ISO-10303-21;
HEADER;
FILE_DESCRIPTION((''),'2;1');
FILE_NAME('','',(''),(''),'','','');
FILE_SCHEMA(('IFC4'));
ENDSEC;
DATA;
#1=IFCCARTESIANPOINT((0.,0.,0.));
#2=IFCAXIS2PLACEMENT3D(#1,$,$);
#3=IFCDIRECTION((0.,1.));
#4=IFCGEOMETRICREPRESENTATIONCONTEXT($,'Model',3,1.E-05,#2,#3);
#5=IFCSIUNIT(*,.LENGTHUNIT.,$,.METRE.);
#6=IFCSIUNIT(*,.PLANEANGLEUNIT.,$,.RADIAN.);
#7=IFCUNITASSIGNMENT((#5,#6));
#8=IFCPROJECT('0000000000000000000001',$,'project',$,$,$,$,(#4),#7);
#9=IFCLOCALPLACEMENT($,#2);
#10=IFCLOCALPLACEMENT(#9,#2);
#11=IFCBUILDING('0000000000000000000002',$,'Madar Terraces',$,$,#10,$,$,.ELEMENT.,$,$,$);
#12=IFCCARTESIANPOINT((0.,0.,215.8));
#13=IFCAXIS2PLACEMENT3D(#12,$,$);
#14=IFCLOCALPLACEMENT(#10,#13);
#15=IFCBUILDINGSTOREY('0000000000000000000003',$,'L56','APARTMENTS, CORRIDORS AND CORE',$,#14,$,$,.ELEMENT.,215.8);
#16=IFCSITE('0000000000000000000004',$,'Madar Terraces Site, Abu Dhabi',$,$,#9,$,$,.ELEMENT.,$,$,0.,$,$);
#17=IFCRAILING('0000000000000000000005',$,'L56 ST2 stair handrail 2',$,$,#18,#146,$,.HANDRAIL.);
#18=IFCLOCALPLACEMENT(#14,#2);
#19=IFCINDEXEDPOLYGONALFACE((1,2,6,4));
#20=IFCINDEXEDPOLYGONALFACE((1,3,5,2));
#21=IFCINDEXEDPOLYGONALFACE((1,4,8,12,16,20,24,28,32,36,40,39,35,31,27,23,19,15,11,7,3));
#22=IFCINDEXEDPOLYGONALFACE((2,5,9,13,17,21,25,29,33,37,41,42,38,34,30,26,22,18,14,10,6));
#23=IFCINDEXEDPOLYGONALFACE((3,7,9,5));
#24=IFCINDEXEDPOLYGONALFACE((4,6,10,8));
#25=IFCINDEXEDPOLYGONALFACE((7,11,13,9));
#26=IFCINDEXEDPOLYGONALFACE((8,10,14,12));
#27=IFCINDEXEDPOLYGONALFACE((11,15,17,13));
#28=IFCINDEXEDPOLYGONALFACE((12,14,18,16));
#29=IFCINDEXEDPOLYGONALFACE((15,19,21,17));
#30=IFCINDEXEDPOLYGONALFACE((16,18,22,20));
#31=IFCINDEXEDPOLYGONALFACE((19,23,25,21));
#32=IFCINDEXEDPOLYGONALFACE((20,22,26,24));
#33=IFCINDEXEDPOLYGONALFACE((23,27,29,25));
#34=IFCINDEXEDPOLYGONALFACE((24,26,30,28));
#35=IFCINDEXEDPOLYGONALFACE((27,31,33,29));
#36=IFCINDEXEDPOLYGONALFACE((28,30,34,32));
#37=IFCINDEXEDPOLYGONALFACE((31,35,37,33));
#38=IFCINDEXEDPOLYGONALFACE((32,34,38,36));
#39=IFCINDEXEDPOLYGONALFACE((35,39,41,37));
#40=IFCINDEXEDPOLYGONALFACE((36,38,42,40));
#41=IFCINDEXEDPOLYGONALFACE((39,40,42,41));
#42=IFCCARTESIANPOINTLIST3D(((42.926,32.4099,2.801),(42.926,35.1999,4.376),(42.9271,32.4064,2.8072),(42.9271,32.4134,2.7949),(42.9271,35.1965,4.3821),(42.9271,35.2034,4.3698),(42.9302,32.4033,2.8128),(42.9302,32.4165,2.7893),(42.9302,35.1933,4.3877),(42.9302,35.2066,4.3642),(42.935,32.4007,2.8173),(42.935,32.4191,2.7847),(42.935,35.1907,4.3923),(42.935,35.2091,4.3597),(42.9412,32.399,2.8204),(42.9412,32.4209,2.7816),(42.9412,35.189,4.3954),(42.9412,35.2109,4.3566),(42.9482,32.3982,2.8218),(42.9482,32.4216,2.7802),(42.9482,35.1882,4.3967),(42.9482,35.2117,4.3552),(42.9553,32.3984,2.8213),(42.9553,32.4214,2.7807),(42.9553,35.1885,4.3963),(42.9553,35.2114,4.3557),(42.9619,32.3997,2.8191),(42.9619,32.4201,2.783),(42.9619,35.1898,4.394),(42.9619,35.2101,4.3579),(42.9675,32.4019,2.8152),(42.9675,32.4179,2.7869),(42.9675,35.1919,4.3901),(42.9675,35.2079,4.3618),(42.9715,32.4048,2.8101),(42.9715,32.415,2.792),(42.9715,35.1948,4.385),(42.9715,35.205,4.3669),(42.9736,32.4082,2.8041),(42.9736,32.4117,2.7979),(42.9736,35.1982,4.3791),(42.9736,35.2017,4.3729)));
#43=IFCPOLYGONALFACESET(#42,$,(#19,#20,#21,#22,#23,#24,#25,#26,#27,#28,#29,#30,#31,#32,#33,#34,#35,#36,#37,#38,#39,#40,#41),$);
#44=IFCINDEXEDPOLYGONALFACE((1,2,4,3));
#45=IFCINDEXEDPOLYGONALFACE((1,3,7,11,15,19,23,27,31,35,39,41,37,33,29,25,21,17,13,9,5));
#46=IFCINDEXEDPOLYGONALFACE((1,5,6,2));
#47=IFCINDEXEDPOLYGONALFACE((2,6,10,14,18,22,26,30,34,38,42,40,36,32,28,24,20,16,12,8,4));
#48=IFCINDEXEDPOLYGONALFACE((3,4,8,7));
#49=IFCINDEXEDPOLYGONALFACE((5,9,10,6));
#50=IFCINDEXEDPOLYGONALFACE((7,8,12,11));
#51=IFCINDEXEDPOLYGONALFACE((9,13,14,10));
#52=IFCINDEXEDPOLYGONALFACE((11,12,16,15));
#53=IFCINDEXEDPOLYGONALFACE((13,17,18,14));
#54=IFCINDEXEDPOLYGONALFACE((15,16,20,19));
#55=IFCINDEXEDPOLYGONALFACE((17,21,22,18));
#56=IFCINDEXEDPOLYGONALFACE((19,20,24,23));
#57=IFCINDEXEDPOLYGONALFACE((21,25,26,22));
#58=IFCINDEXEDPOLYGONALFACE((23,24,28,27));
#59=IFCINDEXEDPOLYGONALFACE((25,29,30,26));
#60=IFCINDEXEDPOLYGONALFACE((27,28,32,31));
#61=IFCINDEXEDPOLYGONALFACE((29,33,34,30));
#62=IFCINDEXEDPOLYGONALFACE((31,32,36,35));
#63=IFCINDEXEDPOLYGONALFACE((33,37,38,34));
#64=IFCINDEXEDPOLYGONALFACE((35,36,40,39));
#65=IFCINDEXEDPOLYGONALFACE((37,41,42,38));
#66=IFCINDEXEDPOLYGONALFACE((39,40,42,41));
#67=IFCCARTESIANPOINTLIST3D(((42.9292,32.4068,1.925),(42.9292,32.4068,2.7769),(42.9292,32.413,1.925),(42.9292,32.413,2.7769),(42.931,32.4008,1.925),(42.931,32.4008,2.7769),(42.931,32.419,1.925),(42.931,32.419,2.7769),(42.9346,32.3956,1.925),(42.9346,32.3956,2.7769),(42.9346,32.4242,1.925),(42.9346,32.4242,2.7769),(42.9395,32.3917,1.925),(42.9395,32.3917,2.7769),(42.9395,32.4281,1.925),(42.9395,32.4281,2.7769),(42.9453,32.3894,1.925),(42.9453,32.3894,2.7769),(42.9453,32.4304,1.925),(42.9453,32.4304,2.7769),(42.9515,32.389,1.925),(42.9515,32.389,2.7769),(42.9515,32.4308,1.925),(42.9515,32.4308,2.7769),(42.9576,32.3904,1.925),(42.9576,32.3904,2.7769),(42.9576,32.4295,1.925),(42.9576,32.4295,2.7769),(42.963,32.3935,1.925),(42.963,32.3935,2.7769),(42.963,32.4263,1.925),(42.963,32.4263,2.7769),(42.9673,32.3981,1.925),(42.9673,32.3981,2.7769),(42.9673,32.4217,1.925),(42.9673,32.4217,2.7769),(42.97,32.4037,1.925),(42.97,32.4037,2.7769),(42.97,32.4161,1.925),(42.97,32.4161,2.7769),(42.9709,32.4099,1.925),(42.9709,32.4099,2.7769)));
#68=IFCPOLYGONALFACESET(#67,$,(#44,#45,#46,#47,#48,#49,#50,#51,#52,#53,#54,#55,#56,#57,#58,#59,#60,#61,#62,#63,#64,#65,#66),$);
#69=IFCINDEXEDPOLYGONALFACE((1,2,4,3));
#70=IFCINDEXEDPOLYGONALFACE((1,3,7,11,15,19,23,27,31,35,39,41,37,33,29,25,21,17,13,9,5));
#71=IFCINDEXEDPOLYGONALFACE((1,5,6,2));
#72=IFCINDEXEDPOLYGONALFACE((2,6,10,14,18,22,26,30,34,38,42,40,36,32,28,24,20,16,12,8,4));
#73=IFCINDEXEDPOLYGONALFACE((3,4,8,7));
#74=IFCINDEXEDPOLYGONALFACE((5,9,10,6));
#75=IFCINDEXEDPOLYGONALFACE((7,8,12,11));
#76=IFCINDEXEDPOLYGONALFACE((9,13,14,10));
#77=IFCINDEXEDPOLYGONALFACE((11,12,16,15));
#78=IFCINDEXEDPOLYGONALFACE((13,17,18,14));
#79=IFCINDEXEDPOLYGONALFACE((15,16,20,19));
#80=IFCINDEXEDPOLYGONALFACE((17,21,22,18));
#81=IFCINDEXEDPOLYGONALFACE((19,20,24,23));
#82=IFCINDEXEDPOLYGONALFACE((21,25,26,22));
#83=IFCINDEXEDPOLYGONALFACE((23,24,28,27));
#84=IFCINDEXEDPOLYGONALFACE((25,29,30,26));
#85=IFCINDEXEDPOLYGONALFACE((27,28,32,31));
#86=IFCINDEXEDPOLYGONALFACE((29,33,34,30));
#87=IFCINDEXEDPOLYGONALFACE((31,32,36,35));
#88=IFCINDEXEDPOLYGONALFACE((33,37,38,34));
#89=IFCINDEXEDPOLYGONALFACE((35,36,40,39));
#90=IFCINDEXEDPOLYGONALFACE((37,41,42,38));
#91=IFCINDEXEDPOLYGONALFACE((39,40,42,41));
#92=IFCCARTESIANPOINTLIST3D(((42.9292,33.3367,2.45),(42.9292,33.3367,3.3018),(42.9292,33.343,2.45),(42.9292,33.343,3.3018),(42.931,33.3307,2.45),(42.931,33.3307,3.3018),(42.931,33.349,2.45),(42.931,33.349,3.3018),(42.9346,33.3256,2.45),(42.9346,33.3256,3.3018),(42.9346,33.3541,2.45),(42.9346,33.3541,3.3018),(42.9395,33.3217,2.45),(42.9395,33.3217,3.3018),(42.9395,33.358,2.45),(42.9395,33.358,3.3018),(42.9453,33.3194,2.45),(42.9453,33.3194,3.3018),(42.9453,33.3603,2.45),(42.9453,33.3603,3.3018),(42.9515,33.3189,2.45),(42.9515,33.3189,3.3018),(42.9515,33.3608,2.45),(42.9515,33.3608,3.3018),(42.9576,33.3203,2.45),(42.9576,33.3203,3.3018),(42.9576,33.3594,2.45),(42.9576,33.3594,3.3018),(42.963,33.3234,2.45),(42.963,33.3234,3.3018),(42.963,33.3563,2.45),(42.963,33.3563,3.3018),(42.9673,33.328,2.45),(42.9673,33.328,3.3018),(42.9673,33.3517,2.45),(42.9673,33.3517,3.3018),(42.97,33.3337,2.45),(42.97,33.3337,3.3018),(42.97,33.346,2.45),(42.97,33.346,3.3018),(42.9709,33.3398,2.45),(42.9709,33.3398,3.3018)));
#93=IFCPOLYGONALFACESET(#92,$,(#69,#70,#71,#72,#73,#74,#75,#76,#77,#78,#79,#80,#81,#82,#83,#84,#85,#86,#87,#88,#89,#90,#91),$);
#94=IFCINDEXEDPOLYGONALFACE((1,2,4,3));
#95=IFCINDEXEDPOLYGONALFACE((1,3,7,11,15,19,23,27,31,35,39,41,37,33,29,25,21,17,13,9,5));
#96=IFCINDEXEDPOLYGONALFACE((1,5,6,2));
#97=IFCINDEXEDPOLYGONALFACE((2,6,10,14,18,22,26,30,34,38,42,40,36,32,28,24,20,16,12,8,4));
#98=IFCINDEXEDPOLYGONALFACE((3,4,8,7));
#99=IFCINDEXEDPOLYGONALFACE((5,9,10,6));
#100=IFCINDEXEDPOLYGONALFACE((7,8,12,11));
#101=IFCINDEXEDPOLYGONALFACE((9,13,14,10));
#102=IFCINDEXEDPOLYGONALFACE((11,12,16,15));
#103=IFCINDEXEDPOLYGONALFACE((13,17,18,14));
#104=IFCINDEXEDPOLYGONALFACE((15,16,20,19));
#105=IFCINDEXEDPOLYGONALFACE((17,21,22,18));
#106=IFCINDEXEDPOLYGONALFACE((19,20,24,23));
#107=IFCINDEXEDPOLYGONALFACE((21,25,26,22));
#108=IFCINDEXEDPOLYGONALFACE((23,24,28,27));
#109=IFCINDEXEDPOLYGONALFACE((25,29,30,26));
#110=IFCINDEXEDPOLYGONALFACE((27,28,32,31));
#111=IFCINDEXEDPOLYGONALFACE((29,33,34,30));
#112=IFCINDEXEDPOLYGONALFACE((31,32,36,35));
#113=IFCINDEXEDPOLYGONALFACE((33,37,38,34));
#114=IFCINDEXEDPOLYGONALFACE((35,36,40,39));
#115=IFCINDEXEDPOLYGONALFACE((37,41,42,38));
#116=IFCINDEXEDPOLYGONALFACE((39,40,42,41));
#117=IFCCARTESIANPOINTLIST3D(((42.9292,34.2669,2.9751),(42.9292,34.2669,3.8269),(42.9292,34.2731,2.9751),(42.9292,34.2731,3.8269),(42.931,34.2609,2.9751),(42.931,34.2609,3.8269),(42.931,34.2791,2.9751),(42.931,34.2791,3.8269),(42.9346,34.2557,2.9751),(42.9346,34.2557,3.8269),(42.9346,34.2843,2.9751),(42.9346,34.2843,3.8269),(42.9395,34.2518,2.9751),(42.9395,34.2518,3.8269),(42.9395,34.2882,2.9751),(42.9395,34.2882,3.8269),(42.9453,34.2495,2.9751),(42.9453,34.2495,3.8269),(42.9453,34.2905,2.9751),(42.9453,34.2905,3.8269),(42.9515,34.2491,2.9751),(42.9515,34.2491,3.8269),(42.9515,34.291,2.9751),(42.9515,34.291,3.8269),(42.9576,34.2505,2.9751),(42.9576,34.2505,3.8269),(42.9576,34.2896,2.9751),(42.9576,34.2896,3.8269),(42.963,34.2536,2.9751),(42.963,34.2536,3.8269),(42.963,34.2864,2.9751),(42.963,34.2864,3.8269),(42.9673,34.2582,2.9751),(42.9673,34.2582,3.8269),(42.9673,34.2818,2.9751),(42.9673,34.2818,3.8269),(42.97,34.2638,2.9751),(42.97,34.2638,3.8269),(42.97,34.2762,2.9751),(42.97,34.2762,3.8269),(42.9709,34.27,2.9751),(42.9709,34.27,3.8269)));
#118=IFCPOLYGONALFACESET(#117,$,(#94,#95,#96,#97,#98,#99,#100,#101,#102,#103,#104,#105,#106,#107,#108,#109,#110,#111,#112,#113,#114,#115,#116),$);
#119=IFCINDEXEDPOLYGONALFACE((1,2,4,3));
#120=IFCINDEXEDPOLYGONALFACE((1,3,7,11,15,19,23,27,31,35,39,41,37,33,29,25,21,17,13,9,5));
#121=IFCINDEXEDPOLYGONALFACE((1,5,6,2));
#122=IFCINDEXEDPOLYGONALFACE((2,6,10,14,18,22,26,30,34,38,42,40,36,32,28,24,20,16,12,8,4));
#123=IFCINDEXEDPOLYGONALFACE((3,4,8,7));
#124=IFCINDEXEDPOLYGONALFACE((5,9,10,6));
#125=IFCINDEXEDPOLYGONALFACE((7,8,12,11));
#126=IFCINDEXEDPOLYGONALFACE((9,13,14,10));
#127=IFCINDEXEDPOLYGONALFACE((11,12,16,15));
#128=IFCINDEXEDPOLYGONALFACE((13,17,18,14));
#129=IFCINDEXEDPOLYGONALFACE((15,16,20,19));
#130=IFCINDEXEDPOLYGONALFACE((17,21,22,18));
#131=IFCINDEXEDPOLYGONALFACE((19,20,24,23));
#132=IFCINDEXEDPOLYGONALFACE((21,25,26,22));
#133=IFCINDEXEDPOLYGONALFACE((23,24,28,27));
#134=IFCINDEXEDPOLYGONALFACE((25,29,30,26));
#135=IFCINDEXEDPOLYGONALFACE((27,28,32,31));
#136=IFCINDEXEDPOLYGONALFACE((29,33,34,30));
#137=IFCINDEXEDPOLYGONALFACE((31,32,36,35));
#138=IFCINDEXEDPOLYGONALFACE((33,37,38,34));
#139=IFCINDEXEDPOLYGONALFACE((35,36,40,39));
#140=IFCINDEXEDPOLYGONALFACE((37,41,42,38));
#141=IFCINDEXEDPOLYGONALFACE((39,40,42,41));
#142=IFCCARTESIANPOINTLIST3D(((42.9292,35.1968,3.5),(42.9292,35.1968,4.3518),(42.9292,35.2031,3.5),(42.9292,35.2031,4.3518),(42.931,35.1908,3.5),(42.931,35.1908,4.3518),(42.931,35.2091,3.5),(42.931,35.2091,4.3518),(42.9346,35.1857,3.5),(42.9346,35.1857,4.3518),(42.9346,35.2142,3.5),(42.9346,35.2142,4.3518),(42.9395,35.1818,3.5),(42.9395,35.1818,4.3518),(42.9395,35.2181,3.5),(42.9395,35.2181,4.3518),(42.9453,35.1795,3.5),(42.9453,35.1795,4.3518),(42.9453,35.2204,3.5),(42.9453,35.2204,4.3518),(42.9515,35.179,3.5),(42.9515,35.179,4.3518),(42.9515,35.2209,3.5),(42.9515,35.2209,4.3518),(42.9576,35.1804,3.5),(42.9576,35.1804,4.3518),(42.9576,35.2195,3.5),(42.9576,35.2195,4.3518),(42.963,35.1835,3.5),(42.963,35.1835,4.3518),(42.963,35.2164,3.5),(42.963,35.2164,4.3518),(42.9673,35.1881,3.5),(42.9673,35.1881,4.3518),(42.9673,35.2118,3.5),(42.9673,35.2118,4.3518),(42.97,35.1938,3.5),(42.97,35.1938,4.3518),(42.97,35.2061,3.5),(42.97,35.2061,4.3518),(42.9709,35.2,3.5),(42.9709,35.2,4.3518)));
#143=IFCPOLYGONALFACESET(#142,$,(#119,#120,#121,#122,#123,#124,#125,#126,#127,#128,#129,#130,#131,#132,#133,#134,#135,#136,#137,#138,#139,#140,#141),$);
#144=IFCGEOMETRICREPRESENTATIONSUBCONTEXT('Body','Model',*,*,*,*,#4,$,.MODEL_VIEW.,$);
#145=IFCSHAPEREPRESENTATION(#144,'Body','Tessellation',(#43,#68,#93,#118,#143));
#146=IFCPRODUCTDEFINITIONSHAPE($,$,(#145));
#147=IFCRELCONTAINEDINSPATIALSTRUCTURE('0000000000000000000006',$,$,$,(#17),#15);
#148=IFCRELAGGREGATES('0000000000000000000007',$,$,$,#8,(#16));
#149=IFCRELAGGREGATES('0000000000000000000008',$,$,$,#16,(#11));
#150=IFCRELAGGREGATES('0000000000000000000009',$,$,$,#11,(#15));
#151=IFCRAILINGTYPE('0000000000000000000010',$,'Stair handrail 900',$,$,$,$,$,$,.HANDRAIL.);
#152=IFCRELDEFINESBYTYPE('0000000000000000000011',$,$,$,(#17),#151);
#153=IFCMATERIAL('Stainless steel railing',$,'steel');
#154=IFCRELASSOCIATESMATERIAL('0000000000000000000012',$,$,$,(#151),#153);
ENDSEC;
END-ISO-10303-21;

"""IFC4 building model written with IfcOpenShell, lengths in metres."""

from ifc_helpers import new_model, si_unit, direction, frame, origin, origin_2d, place, context, subcontext, project, spatial, circle, extrude, material, type_object, element, save


model = new_model("IFC4")

# Units and contexts
model_context = context("Model", 3, precision=1e-05, world=origin(), true_north=direction((0.0, 1.0)))
body_context = subcontext(model_context, "Body", "Model", "MODEL_VIEW")
ifc_project = project(units=[si_unit("LENGTHUNIT", "METRE"), si_unit("PLANEANGLEUNIT", "RADIAN")], contexts=[model_context])

# Site, building, storey
site_placement = place(None, origin())
site = spatial("IfcSite", under=ifc_project, at=site_placement, Name="Madar Terraces Site, Abu Dhabi", CompositionType="ELEMENT", RefElevation=0.0)
building_placement = place(site_placement, origin())
building = spatial("IfcBuilding", under=site, at=building_placement, Name="Madar Terraces", CompositionType="ELEMENT")
storey_placement = place(building_placement, frame((0.0, 0.0, 215.8)))
storey = spatial("IfcBuildingStorey", under=building, at=storey_placement, Name="L56", Description="APARTMENTS, CORRIDORS AND CORE", CompositionType="ELEMENT", Elevation=215.8)

# Railing
ifc_material_1 = material(Name="Stainless steel railing", Category="steel")
railing_type_1 = type_object("IfcRailingType", Name="Stair handrail 900", PredefinedType="HANDRAIL", material=ifc_material_1)
railing_1_placement = place(storey_placement, frame((42.95, 32.4099, 1.925)))
element("IfcRailing", 1, at=railing_1_placement, inside=storey, type_object=railing_type_1, Name="L56 ST2 stair handrail 2", PredefinedType="HANDRAIL", context=body_context, shape_type="SweptSolid", body=[
    extrude(circle(Radius=0.0239, at=origin_2d()), frame((0.0, 0.0, 0.876), z_axis=(0.0, 0.870834, 0.491578), x_axis=(-1.0, 0.0, 0.0)), (0.0, 0.0, 1.0), 3.2039),
    extrude(circle(Radius=0.021, at=origin_2d()), origin(), (0.0, 0.0, 1.0), 0.8518),
    extrude(circle(Radius=0.021, at=origin_2d()), frame((0.0, 0.9299, 0.5249)), (0.0, 0.0, 1.0), 0.8518),
    extrude(circle(Radius=0.021, at=origin_2d()), frame((0.0, 1.8601, 1.05)), (0.0, 0.0, 1.0), 0.8518),
    extrude(circle(Radius=0.021, at=origin_2d()), frame((0.0, 2.79, 1.575)), (0.0, 0.0, 1.0), 0.8518),
])

save(model, "model.ifc")
